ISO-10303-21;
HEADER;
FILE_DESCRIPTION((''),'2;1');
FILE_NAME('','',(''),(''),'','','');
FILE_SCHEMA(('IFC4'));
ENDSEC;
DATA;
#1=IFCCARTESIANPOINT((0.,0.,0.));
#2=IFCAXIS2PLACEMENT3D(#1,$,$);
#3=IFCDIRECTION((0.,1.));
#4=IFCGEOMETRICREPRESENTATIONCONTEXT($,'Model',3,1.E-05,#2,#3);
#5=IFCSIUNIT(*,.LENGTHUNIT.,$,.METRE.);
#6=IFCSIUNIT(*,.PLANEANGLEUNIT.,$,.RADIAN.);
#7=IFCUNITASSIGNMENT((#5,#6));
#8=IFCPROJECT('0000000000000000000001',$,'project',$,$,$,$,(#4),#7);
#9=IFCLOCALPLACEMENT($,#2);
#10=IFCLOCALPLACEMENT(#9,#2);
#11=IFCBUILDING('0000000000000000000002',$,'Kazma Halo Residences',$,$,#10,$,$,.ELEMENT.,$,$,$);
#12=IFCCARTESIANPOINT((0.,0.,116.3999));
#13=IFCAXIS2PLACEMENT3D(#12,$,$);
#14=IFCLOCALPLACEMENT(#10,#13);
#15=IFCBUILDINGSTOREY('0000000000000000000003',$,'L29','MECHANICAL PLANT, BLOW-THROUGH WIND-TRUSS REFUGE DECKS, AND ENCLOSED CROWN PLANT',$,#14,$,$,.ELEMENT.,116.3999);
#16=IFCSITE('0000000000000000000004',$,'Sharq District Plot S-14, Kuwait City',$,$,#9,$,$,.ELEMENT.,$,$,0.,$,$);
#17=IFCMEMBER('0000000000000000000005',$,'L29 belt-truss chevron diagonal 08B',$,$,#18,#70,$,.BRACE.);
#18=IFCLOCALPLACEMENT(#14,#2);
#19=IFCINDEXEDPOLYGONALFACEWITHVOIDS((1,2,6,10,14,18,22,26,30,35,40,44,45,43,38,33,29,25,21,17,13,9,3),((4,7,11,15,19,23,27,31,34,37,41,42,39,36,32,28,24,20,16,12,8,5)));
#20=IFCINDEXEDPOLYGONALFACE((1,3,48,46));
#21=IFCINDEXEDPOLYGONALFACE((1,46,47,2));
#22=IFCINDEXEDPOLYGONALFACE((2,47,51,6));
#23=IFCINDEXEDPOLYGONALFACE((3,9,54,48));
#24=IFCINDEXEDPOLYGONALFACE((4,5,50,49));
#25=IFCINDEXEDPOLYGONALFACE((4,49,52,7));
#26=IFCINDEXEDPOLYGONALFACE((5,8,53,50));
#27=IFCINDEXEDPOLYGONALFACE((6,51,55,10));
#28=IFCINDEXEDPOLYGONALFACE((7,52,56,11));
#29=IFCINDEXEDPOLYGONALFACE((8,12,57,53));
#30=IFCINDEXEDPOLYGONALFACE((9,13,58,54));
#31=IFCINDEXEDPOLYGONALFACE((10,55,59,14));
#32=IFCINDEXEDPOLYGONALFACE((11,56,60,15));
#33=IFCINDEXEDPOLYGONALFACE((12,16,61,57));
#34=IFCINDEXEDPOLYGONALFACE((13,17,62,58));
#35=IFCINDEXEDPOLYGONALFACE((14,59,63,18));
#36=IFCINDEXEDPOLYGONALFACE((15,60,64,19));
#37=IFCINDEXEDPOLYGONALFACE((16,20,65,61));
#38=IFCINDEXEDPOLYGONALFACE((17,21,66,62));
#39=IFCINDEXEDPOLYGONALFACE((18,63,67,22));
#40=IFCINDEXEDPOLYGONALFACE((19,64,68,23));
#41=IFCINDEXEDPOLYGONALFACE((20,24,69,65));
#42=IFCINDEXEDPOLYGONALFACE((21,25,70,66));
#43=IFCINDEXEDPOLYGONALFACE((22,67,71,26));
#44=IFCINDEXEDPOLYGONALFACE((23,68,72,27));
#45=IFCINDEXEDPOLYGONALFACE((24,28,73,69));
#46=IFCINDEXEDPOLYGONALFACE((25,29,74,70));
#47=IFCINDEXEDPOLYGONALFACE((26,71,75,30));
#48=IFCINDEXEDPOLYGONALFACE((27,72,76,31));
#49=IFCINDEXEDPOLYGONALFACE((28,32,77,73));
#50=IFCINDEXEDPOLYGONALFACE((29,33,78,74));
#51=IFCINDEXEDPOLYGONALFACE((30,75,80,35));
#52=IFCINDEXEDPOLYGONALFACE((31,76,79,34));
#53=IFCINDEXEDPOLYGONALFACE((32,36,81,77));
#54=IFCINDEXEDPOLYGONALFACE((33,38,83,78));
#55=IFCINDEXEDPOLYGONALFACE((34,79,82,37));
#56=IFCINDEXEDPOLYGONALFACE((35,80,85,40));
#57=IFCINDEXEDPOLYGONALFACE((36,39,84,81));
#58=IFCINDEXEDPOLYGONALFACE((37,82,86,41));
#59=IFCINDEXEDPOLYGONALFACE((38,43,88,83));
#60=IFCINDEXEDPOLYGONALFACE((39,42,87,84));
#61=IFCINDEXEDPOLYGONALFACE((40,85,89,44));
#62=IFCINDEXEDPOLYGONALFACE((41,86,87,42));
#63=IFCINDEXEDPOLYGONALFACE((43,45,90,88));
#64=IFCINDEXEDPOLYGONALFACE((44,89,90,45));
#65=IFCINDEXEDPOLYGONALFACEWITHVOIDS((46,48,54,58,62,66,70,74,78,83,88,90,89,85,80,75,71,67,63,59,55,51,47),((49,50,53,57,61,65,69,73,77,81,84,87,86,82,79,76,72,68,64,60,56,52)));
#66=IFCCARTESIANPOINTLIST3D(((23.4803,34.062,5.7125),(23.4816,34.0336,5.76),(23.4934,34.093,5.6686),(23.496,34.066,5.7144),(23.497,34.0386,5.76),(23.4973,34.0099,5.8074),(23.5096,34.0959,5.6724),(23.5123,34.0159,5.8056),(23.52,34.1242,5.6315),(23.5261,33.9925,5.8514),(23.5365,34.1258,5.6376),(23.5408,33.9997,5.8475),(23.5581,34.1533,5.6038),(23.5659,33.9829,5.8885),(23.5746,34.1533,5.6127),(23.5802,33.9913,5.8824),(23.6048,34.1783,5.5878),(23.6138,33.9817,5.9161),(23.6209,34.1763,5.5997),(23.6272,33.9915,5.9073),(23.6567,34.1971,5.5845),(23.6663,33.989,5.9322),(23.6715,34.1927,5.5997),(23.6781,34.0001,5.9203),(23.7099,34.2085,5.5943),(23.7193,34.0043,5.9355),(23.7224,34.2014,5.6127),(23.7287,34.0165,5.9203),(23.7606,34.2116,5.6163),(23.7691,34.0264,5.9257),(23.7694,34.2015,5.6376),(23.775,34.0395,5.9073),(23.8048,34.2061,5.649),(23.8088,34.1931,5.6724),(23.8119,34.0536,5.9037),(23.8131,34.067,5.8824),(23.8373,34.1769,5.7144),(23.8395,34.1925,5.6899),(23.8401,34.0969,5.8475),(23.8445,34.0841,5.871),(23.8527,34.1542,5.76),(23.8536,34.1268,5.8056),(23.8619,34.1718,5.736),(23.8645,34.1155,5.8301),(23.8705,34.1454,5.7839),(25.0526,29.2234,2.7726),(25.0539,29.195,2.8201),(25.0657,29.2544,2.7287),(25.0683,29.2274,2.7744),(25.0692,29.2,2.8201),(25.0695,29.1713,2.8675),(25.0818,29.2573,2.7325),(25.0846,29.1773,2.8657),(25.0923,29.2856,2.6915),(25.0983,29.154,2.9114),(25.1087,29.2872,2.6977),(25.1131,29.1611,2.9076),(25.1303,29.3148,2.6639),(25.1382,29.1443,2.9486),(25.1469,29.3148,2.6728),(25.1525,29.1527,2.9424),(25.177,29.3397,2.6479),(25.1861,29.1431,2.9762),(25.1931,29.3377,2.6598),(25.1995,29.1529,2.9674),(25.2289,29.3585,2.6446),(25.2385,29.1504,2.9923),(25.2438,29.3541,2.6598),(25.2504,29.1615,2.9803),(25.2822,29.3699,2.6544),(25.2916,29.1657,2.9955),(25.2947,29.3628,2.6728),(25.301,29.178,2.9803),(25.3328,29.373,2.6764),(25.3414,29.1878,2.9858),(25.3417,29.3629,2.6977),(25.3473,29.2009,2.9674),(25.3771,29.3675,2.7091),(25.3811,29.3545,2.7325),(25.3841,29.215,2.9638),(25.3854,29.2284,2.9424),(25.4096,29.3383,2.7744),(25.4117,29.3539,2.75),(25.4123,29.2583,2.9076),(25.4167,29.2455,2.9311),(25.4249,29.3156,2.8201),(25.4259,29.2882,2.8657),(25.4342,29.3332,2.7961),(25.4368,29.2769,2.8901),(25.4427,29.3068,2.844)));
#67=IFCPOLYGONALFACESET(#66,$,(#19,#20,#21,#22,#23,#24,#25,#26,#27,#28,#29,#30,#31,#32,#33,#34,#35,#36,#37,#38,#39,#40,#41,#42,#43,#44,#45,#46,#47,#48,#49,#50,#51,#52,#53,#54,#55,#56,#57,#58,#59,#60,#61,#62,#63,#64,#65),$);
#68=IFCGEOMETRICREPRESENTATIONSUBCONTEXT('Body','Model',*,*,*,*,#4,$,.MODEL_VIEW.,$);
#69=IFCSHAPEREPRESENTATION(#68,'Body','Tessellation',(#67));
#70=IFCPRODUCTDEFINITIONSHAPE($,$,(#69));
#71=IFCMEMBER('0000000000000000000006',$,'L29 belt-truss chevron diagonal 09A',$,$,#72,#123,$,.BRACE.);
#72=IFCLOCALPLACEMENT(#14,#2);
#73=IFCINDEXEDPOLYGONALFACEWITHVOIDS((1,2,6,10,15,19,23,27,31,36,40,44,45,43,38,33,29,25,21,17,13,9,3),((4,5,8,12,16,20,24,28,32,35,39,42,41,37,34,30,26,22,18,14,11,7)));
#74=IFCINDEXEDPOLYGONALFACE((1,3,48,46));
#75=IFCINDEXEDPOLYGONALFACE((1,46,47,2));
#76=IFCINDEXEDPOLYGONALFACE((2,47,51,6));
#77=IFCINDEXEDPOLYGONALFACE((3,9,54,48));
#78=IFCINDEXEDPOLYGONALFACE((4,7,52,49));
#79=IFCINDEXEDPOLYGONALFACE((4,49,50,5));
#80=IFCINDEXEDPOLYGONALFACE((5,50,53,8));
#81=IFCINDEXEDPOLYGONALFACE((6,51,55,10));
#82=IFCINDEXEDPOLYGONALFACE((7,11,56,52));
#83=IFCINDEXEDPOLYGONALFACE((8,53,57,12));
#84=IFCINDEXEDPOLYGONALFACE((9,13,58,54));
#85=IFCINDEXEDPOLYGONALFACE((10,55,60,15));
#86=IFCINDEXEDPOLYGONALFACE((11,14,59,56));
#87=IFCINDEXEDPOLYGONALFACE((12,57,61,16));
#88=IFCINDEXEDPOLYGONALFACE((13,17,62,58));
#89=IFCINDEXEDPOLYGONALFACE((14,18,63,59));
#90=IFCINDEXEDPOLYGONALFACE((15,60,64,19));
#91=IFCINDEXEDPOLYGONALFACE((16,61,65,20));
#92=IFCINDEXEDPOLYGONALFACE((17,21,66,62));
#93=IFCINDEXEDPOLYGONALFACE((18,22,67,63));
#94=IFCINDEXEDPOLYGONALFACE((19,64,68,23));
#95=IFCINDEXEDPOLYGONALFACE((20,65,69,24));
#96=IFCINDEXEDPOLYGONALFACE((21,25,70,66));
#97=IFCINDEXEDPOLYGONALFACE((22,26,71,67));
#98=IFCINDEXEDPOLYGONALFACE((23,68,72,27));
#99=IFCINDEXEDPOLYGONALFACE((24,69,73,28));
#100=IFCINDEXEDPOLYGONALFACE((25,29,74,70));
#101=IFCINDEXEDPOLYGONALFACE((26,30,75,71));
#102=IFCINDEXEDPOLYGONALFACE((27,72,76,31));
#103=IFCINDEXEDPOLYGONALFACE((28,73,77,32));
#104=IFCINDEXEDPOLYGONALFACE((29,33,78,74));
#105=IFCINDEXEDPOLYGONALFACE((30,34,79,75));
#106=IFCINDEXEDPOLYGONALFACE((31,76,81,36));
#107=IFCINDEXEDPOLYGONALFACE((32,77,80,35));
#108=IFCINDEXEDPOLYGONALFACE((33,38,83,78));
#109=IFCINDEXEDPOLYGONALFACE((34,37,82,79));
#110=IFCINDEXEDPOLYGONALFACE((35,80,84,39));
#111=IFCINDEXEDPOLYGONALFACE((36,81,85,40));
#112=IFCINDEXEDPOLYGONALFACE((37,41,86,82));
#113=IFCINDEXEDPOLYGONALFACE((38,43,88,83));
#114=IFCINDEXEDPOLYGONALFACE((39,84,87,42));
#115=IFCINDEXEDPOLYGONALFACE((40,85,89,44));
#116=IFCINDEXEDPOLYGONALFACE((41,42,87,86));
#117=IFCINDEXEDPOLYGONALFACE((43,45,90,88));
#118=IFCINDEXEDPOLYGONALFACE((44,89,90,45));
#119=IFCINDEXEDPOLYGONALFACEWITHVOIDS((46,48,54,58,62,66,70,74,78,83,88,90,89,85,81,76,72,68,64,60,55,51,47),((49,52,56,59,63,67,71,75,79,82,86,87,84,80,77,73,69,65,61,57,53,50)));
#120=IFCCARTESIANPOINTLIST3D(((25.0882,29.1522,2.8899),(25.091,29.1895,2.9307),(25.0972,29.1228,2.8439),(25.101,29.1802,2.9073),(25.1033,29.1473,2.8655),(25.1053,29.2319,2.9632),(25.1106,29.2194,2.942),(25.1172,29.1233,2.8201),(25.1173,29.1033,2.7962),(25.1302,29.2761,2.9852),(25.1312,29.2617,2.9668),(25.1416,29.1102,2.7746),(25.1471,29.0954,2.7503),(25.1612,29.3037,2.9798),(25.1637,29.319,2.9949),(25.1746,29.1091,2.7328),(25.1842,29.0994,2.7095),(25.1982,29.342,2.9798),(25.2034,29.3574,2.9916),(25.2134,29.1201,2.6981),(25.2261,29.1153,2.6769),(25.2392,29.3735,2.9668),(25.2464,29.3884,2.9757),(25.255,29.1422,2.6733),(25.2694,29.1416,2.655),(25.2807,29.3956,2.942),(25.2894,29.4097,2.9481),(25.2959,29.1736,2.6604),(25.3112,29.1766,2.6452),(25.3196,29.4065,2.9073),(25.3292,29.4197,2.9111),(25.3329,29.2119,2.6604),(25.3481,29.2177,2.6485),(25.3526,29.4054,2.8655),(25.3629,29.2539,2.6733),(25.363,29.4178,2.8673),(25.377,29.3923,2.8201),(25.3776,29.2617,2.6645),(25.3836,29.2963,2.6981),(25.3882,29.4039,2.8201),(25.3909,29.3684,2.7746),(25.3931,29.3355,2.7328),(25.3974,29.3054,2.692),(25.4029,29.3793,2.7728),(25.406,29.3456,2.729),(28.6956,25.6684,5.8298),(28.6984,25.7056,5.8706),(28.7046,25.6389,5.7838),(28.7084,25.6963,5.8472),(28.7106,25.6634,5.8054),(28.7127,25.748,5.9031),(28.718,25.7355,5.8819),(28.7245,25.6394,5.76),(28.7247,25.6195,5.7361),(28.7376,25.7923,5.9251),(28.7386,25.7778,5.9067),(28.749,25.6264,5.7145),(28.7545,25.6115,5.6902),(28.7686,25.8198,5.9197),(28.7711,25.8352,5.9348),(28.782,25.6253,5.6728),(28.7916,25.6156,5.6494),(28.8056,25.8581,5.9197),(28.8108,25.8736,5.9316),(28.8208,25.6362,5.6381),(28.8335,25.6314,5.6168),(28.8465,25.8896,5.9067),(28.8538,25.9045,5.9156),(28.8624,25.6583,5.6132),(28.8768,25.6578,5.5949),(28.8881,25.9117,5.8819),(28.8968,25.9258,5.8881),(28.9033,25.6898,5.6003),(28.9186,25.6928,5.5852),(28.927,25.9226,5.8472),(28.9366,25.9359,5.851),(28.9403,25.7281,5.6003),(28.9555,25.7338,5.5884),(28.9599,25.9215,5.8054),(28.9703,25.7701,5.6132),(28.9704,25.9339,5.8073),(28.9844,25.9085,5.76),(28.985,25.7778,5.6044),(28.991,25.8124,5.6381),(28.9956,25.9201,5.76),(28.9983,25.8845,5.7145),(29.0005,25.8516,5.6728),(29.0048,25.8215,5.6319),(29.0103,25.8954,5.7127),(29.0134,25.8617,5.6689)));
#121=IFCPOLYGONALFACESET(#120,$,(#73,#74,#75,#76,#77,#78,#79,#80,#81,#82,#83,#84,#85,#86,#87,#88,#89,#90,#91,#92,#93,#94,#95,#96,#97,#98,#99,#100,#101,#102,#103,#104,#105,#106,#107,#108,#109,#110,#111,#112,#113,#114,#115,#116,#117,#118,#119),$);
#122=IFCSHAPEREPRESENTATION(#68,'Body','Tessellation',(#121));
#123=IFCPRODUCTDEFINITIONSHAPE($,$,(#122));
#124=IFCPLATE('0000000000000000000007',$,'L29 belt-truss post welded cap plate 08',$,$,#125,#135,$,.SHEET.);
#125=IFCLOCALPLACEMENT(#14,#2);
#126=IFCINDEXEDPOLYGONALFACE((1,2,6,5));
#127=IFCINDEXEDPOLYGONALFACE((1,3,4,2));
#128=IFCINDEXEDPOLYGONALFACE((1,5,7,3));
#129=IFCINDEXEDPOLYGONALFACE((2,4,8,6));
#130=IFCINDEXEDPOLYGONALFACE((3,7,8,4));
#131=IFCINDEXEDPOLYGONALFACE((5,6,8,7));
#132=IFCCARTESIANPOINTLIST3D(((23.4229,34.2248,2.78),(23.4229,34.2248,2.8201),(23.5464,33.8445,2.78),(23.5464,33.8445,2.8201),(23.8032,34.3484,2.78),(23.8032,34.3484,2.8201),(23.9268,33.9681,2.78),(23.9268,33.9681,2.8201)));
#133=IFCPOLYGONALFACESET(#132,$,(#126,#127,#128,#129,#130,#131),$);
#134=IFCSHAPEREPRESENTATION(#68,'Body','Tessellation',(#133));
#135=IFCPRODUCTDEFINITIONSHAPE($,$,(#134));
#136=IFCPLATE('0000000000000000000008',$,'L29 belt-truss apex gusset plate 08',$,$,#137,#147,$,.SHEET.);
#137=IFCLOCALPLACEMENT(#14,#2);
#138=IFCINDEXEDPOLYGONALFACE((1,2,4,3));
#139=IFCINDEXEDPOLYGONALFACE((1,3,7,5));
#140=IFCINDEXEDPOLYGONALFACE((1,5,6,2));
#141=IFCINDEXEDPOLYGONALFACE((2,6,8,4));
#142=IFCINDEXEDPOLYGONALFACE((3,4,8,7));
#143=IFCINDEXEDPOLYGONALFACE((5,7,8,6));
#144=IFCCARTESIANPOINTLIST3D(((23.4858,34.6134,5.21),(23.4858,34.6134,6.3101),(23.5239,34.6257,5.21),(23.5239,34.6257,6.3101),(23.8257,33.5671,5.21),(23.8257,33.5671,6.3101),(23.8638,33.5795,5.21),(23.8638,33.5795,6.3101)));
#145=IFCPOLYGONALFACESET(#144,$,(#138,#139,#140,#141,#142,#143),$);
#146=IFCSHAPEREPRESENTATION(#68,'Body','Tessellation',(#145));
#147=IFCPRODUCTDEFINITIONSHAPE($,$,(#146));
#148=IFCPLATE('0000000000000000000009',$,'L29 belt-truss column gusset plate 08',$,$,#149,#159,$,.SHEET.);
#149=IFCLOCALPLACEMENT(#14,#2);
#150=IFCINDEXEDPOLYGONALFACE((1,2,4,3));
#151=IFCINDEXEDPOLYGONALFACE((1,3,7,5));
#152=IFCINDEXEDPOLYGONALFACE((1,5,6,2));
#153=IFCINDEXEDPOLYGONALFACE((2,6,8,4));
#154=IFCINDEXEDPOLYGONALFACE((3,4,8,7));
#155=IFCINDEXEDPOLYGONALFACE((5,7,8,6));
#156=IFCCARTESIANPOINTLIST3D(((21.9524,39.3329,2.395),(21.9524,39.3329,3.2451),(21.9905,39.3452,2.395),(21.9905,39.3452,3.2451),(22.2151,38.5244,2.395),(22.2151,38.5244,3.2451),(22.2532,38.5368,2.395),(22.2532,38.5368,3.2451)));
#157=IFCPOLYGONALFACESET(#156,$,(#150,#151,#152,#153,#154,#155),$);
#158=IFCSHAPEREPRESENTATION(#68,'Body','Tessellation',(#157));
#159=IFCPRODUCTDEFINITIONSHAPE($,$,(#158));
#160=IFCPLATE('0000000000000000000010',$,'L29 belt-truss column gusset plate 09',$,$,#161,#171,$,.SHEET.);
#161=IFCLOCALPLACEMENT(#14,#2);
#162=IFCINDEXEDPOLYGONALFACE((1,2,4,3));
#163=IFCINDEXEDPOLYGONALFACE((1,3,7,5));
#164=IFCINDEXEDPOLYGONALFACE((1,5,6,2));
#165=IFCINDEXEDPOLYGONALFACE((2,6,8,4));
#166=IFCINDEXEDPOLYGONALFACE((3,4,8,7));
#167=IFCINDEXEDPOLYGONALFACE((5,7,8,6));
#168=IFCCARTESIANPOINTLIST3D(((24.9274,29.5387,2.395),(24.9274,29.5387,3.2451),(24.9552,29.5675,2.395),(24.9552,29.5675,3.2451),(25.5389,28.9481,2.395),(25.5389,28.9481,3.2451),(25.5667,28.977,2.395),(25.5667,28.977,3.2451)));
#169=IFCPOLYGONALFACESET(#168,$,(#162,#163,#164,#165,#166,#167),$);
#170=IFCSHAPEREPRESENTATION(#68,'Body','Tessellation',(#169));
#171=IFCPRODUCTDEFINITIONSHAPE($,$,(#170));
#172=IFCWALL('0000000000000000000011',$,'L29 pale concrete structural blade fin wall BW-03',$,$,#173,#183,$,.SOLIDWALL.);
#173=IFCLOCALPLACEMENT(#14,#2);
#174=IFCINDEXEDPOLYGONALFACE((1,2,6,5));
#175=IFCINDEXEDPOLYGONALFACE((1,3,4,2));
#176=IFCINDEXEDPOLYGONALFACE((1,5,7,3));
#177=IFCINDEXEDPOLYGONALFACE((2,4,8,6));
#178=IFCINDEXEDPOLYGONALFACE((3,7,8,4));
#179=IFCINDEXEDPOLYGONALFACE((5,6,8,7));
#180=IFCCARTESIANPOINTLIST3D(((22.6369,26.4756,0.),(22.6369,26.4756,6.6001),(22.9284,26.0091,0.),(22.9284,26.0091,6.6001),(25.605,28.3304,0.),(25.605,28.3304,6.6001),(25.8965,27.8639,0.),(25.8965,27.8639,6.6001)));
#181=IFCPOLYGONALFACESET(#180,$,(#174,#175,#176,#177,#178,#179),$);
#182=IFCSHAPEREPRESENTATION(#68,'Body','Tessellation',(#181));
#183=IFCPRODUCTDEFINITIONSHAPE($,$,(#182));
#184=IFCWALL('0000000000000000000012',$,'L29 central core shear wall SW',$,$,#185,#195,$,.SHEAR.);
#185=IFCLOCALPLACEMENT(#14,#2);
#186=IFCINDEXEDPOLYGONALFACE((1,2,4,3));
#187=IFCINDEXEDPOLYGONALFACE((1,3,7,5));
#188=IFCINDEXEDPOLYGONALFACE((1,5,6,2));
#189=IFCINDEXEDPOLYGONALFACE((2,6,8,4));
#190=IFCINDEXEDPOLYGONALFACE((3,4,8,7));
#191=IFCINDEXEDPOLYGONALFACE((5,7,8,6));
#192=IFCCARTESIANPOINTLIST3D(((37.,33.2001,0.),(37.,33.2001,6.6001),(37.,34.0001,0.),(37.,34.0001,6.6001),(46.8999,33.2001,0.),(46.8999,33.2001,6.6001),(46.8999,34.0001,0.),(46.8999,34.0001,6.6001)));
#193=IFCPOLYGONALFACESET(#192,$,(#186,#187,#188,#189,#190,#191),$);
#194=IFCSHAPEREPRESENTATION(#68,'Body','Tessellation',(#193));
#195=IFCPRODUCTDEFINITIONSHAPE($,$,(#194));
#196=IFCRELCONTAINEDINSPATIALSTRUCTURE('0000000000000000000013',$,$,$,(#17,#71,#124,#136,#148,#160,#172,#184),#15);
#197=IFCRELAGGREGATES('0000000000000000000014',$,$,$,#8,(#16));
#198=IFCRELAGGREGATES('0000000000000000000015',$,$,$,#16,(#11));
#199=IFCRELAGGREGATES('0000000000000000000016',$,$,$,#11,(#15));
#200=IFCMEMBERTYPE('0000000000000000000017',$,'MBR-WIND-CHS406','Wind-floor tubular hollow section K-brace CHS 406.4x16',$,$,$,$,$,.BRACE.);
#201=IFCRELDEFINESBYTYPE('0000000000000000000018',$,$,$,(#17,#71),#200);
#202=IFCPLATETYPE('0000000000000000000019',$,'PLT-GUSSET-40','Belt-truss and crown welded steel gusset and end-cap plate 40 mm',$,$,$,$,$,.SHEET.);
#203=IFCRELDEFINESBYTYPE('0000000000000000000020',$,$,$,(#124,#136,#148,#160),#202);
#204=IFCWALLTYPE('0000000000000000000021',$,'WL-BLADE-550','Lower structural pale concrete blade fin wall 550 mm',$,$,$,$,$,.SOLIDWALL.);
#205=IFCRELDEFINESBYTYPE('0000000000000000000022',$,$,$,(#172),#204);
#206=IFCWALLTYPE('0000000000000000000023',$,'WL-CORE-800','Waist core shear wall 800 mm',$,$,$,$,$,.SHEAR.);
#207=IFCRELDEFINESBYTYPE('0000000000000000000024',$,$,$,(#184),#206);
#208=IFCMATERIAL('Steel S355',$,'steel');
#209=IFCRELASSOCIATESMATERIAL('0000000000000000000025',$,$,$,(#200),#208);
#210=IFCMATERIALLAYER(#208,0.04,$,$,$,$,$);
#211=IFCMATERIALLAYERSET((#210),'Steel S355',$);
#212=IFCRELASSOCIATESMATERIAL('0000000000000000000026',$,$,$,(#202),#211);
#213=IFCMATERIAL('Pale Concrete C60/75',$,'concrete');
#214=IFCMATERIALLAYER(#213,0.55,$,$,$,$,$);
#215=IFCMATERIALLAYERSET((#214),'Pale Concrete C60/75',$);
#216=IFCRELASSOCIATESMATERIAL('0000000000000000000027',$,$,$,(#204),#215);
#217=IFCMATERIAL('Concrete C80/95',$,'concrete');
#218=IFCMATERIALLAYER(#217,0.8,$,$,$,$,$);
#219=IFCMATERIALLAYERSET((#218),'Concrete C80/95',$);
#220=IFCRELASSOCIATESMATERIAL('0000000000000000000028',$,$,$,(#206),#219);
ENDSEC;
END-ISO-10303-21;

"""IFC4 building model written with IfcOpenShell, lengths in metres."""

from ifc_helpers import new_model, si_unit, direction, frame, frame_2d, origin, origin_2d, place, context, subcontext, project, spatial, rectangle, hollow_circle, extrude, material, layer, layer_set, material_profile, profile_set, type_object, element, save


model = new_model("IFC4")

# Units and contexts
model_context = context("Model", 3, precision=1e-05, world=origin(), true_north=direction((0.0, 1.0)))
body_context = subcontext(model_context, "Body", "Model", "MODEL_VIEW")
ifc_project = project(units=[si_unit("LENGTHUNIT", "METRE"), si_unit("PLANEANGLEUNIT", "RADIAN")], contexts=[model_context])

# Site, building, storey
site_placement = place(None, origin())
site = spatial("IfcSite", under=ifc_project, at=site_placement, Name="Sharq District Plot S-14, Kuwait City", CompositionType="ELEMENT", RefElevation=0.0)
building_placement = place(site_placement, origin())
building = spatial("IfcBuilding", under=site, at=building_placement, Name="Kazma Halo Residences", CompositionType="ELEMENT")
storey_placement = place(building_placement, frame((0.0, 0.0, 116.3999)))
storey = spatial("IfcBuildingStorey", under=building, at=storey_placement, Name="L29", Description="MECHANICAL PLANT, BLOW-THROUGH WIND-TRUSS REFUGE DECKS, AND ENCLOSED CROWN PLANT", CompositionType="ELEMENT", Elevation=116.3999)

# Shared definitions
ifc_material_1 = material(Name="Concrete C80/95", Category="concrete")

# Shared definitions
ifc_material_2 = material(Name="Steel S355", Category="steel")

# Members
ifc_material_profile_1 = material_profile(ifc_material_2, hollow_circle(Radius=0.2031, WallThickness=0.0161, at=origin_2d()), Name="CHS406.4x16")
ifc_profile_set_1 = profile_set([ifc_material_profile_1], Name="Steel S355")
member_type_1 = type_object("IfcMemberType", Name="MBR-WIND-CHS406", Description="Wind-floor tubular hollow section K-brace CHS 406.4x16", PredefinedType="BRACE", material=ifc_profile_set_1)
member_1_placement = place(storey_placement, frame((25.2471, 29.2578, 2.8201), z_axis=(-0.267573, 0.823453, 0.500329), x_axis=(-0.951051, -0.309035, 0.0)))
element("IfcMember", 1, at=member_1_placement, inside=storey, type_object=member_type_1, Name="L29 belt-truss chevron diagonal 08B", PredefinedType="BRACE", context=body_context, shape_type="SweptSolid", body=[
    extrude(hollow_circle(Radius=0.2031, WallThickness=0.0161, at=origin_2d()), origin(), (0.0, 0.0, 1.0), 5.876),
])
member_2_placement = place(storey_placement, frame((25.2471, 29.2578, 2.8201), z_axis=(0.620549, -0.599298, 0.505729), x_axis=(0.694683, 0.719316, 0.0)))
element("IfcMember", 2, at=member_2_placement, inside=storey, type_object=member_type_1, Name="L29 belt-truss chevron diagonal 09A", PredefinedType="BRACE", context=body_context, shape_type="SweptSolid", body=[
    extrude(hollow_circle(Radius=0.2031, WallThickness=0.0161, at=origin_2d()), origin(), (0.0, 0.0, 1.0), 5.8132),
])

# Plates
ifc_layer_1 = layer(ifc_material_2, 0.04)
ifc_layer_set_1 = layer_set([ifc_layer_1], Name="Steel S355")
plate_type = type_object("IfcPlateType", Name="PLT-GUSSET-40", Description="Belt-truss and crown welded steel gusset and end-cap plate 40 mm", PredefinedType="SHEET", material=ifc_layer_set_1)
plate_1_placement = place(storey_placement, frame((23.6748, 34.0964, 2.78), z_axis=(0.0, 0.0, 1.0), x_axis=(0.309019, -0.951056, 0.0)))
element("IfcPlate", 3, at=plate_1_placement, inside=storey, type_object=plate_type, Name="L29 belt-truss post welded cap plate 08", PredefinedType="SHEET", context=body_context, shape_type="SweptSolid", body=[
    extrude(rectangle(XDim=0.3999, YDim=0.3999, at=origin_2d()), origin(), (0.0, 0.0, 1.0), 0.04),
])
plate_2_placement = place(storey_placement, frame((23.6748, 34.0964, 5.21), z_axis=(0.0, 0.0, 1.0), x_axis=(0.309019, -0.951056, 0.0)))
element("IfcPlate", 4, at=plate_2_placement, inside=storey, type_object=plate_type, Name="L29 belt-truss apex gusset plate 08", PredefinedType="SHEET", context=body_context, shape_type="SweptSolid", body=[
    extrude(rectangle(XDim=1.1001, YDim=0.04, at=origin_2d()), origin(), (0.0, 0.0, 1.0), 1.1001),
])
for number, where, z_axis, x_axis, name in (
    (5, (22.1028, 38.9348, 2.395), (0.0, 0.0, 1.0), (0.309019, -0.951056, 0.0), "L29 belt-truss column gusset plate 08"),
    (6, (25.2471, 29.2578, 2.395), (0.0, 0.0, 1.0), (0.719342, -0.694656, 0.0), "L29 belt-truss column gusset plate 09"),
):
    element("IfcPlate", number, at=place(storey_placement, frame(where, z_axis=z_axis, x_axis=x_axis)), inside=storey, type_object=plate_type, Name=name, PredefinedType="SHEET", context=body_context, shape_type="SweptSolid", body=[
        extrude(rectangle(XDim=0.8501, YDim=0.04, at=origin_2d()), origin(), (0.0, 0.0, 1.0), 0.8501),
    ])

# Walls
ifc_material_3 = material(Name="Pale Concrete C60/75", Category="concrete")
ifc_layer_2 = layer(ifc_material_3, 0.55)
ifc_layer_set_2 = layer_set([ifc_layer_2], Name="Pale Concrete C60/75")
wall_type_1 = type_object("IfcWallType", Name="WL-BLADE-550", Description="Lower structural pale concrete blade fin wall 550 mm", PredefinedType="SOLIDWALL", material=ifc_layer_set_2)
wall_1_placement = place(storey_placement, frame((25.7507, 28.0972, 0.0), z_axis=(0.0, 0.0, 1.0), x_axis=(-0.848034, -0.529943, 0.0)))
element("IfcWall", 7, at=wall_1_placement, inside=storey, type_object=wall_type_1, Name="L29 pale concrete structural blade fin wall BW-03", PredefinedType="SOLIDWALL", context=body_context, shape_type="SweptSolid", body=[
    extrude(rectangle(XDim=3.5, YDim=0.55, at=frame_2d((1.75, 0.0))), origin(), (0.0, 0.0, 1.0), 6.6001),
])
ifc_layer_3 = layer(ifc_material_1, 0.8)
ifc_layer_set_3 = layer_set([ifc_layer_3], Name="Concrete C80/95")
wall_type_2 = type_object("IfcWallType", Name="WL-CORE-800", Description="Waist core shear wall 800 mm", PredefinedType="SHEAR", material=ifc_layer_set_3)
wall_2_placement = place(storey_placement, frame((37.0, 33.6001, 0.0), z_axis=(0.0, 0.0, 1.0), x_axis=(1.0, 0.0, 0.0)))
element("IfcWall", 8, at=wall_2_placement, inside=storey, type_object=wall_type_2, Name="L29 central core shear wall SW", PredefinedType="SHEAR", context=body_context, shape_type="SweptSolid", body=[
    extrude(rectangle(XDim=9.8999, YDim=0.8, at=frame_2d((4.95, 0.0))), origin(), (0.0, 0.0, 1.0), 6.6001),
])

save(model, "model.ifc")
